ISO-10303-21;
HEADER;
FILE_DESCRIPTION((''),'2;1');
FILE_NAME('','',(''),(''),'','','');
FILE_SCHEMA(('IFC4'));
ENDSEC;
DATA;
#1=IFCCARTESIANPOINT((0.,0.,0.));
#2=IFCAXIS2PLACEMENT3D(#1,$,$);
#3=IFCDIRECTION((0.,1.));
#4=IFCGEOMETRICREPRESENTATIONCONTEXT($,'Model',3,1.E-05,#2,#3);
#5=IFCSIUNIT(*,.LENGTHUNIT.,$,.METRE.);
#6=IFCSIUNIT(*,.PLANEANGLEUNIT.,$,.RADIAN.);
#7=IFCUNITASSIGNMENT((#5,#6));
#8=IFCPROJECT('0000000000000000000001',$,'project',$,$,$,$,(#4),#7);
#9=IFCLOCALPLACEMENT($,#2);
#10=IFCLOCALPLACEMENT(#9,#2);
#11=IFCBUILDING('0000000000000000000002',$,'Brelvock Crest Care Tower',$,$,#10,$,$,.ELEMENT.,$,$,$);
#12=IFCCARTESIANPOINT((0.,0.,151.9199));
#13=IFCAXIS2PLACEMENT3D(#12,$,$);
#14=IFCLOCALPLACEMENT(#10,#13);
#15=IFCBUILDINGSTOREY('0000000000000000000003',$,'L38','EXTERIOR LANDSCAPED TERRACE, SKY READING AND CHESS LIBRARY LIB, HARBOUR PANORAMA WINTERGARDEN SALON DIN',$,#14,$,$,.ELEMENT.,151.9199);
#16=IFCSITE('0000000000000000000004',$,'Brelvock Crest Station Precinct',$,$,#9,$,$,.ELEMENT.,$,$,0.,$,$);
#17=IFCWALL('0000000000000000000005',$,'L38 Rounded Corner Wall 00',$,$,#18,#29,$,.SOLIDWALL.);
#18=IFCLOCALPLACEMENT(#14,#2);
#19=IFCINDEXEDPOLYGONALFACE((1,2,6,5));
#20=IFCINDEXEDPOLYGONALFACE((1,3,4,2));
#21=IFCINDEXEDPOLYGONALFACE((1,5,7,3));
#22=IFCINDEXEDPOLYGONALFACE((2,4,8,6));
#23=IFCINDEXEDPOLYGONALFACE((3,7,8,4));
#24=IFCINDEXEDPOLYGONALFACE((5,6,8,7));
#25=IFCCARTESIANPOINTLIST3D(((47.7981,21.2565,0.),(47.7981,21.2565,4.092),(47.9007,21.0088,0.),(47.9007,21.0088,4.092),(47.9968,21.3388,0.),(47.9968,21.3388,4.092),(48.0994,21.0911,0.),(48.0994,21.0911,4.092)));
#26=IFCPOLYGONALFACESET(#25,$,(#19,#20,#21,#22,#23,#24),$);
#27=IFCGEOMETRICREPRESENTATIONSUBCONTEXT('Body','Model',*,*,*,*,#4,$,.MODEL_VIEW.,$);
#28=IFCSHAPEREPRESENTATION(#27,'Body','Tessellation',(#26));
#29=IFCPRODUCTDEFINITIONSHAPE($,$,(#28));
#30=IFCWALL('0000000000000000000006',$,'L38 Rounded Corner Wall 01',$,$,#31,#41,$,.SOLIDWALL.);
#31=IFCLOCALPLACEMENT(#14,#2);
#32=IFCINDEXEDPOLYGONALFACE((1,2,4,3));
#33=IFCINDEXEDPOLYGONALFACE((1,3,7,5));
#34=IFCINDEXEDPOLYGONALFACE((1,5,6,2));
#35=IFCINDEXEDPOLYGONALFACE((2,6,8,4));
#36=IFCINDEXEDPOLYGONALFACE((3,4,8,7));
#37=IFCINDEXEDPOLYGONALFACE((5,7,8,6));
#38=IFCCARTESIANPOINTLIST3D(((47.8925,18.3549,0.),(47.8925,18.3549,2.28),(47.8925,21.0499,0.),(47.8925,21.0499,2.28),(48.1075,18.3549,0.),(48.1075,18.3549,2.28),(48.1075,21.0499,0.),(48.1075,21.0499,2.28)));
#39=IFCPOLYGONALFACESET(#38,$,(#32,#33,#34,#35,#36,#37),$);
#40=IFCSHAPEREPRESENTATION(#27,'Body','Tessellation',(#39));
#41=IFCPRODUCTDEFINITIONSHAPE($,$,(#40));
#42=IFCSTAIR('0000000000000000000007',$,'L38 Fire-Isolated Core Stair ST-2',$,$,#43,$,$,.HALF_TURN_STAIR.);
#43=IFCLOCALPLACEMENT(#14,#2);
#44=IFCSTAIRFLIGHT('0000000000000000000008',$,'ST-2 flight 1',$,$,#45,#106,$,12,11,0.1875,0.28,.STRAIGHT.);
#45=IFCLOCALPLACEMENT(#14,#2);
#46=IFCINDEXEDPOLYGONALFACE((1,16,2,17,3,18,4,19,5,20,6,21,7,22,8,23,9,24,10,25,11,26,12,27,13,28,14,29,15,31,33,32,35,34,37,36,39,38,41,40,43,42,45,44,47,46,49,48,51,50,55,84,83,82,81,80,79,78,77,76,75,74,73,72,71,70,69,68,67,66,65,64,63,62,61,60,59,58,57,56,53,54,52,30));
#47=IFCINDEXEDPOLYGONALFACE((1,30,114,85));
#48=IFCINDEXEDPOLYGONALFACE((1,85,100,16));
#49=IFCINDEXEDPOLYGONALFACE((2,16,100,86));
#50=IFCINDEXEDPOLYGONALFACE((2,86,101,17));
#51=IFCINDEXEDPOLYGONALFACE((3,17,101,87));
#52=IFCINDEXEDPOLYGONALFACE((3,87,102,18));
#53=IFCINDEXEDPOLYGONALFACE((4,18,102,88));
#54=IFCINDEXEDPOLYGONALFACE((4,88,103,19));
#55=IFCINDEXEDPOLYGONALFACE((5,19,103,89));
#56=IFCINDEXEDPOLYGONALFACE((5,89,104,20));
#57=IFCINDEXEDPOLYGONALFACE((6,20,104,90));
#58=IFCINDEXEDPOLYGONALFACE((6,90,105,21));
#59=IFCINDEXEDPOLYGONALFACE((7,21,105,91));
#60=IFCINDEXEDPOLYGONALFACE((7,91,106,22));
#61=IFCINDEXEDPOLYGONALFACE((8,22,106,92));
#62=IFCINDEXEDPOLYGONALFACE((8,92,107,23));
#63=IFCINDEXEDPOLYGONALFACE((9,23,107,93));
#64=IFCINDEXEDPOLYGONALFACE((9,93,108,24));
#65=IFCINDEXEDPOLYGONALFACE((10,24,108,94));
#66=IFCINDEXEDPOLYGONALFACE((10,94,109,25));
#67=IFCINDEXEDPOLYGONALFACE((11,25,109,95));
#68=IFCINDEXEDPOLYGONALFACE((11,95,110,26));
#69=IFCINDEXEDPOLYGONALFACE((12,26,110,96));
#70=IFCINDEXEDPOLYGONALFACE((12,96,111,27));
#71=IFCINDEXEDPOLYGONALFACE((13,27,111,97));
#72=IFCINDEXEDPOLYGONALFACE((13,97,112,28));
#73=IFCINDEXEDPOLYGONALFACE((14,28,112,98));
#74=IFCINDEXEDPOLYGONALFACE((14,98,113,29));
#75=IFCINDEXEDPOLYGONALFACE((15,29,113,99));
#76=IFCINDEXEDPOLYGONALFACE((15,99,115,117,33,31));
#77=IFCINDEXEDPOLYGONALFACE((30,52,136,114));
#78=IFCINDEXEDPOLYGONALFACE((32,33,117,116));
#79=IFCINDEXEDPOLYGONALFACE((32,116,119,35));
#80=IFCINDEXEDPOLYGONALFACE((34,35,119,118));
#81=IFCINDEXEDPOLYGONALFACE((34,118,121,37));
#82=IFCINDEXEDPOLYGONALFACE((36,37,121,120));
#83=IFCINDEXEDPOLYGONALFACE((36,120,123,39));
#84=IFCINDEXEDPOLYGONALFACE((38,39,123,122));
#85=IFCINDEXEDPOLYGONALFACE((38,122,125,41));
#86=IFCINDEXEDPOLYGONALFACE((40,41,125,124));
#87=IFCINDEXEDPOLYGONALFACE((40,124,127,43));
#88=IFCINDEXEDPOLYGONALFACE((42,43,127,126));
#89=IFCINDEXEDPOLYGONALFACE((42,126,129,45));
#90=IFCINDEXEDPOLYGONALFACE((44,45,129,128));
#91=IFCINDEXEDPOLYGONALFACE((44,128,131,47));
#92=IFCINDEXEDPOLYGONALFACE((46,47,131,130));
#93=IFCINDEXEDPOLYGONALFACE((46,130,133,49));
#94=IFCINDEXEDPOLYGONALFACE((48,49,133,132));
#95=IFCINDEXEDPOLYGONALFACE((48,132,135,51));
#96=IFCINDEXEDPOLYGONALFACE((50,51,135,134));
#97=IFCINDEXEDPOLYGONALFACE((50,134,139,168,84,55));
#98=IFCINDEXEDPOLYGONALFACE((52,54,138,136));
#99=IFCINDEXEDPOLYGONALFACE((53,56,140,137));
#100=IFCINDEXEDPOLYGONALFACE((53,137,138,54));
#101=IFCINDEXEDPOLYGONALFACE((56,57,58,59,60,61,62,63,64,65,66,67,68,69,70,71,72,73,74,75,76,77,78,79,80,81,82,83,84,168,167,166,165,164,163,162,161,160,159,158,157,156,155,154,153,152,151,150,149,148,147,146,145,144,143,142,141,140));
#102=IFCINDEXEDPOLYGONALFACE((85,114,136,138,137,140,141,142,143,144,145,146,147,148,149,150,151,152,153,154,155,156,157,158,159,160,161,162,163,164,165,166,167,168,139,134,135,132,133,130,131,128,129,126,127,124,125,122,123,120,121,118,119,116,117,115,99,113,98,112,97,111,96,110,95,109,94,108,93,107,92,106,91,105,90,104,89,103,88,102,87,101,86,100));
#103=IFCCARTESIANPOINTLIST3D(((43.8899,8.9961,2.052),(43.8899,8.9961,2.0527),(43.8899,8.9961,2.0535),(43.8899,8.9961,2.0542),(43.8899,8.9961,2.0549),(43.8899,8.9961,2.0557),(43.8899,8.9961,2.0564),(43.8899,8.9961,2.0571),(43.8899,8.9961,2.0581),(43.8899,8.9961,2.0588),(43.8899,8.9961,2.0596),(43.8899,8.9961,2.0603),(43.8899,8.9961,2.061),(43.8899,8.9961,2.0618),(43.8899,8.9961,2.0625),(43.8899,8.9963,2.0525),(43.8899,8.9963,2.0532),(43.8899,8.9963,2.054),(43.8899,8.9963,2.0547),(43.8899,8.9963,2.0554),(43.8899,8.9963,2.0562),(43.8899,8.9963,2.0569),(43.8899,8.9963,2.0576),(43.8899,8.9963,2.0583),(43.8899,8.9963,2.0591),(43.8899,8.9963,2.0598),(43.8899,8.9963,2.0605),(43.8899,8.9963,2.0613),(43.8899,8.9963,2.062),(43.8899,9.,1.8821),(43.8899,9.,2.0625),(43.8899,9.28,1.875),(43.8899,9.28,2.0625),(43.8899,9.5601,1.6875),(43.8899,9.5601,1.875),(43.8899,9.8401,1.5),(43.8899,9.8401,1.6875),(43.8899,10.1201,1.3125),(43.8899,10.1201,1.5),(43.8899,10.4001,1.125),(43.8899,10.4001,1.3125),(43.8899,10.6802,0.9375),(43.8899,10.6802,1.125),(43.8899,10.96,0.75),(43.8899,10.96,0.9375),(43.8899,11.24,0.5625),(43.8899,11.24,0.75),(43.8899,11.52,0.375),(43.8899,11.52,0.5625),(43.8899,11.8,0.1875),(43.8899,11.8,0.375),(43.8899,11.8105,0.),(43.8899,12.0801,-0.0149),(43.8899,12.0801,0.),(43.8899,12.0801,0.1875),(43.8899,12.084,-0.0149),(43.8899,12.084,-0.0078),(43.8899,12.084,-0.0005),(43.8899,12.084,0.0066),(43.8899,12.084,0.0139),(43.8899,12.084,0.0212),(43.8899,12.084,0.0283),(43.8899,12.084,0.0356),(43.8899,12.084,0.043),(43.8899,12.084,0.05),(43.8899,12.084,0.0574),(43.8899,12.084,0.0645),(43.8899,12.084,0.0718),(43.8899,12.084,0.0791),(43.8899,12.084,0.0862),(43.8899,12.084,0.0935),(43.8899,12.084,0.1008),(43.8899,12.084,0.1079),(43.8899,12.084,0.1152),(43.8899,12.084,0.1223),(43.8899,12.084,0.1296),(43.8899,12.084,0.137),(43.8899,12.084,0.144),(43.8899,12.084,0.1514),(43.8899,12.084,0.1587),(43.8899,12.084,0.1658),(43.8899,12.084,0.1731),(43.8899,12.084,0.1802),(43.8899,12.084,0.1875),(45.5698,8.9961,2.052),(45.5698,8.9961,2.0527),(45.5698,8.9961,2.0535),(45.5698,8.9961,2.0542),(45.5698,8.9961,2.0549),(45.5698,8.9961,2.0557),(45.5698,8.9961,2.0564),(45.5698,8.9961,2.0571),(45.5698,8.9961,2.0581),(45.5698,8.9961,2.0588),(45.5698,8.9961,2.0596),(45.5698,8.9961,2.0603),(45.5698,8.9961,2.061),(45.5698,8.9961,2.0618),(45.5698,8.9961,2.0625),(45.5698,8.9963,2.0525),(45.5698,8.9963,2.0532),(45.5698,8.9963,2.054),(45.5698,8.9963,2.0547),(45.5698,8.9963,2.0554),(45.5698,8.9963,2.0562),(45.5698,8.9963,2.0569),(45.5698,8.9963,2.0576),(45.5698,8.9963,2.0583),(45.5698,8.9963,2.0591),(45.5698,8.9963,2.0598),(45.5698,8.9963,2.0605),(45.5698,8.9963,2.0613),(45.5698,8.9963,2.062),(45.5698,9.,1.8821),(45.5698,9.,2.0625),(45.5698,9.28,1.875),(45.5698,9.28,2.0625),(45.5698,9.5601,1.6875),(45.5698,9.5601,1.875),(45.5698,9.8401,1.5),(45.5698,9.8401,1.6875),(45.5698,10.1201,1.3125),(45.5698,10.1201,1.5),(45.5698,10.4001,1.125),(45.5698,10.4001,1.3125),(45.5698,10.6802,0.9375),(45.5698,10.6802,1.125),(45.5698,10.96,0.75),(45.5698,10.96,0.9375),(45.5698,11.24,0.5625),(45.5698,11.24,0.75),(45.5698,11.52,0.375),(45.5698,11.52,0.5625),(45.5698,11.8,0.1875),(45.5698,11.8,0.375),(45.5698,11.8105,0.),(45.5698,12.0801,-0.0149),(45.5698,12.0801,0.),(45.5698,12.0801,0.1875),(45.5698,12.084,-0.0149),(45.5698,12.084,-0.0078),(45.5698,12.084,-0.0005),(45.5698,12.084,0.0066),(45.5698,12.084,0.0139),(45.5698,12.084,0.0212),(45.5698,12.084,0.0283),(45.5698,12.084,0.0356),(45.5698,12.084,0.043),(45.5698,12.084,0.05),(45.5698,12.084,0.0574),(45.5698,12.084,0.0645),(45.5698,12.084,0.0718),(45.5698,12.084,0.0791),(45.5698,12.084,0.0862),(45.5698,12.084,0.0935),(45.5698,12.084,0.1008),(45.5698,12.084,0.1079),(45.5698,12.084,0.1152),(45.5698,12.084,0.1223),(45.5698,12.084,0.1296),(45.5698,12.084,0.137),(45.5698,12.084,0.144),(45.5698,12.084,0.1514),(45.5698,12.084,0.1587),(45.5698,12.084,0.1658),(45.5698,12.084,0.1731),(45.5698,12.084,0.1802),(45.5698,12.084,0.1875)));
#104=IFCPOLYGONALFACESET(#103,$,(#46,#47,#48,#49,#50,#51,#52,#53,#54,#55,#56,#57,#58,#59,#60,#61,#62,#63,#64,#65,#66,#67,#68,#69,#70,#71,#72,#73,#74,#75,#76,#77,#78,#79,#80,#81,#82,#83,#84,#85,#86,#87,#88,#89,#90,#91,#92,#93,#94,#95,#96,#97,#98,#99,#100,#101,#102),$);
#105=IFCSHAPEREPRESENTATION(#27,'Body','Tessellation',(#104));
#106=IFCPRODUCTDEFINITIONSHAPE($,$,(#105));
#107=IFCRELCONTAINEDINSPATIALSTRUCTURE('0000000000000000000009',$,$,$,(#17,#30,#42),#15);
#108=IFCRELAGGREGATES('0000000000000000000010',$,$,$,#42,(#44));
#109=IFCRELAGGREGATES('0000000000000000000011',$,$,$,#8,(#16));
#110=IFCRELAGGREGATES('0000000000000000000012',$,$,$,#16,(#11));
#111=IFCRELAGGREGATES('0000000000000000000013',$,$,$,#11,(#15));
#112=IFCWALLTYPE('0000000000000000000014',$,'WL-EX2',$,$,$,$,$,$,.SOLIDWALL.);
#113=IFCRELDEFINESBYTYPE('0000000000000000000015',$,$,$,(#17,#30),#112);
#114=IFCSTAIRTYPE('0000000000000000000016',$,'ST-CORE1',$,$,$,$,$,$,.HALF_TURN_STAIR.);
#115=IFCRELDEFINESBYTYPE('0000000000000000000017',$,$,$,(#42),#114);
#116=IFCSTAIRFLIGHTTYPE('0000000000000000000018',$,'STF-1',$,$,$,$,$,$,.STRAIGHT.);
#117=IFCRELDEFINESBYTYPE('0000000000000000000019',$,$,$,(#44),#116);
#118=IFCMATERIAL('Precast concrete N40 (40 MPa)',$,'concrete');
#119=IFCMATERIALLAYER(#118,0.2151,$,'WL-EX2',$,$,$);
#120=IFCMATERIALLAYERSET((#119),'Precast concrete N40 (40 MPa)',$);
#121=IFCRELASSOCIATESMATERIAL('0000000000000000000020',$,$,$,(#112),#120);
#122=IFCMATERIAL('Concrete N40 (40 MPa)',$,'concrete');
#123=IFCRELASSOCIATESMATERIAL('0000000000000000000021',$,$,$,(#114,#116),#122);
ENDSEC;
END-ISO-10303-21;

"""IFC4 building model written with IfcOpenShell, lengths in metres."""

from ifc_helpers import new_model, si_unit, direction, frame, frame_2d, origin, place, context, subcontext, project, spatial, polyline, rectangle, outline, extrude, material, layer, layer_set, type_object, element, aggregate, save


model = new_model("IFC4")

# Units and contexts
model_context = context("Model", 3, precision=1e-05, world=origin(), true_north=direction((0.0, 1.0)))
body_context = subcontext(model_context, "Body", "Model", "MODEL_VIEW")
ifc_project = project(units=[si_unit("LENGTHUNIT", "METRE"), si_unit("PLANEANGLEUNIT", "RADIAN")], contexts=[model_context])

# Site, building, storey
site_placement = place(None, origin())
site = spatial("IfcSite", under=ifc_project, at=site_placement, Name="Brelvock Crest Station Precinct", CompositionType="ELEMENT", RefElevation=0.0)
building_placement = place(site_placement, origin())
building = spatial("IfcBuilding", under=site, at=building_placement, Name="Brelvock Crest Care Tower", CompositionType="ELEMENT")
storey_placement = place(building_placement, frame((0.0, 0.0, 151.9199)))
storey = spatial("IfcBuildingStorey", under=building, at=storey_placement, Name="L38", Description="EXTERIOR LANDSCAPED TERRACE, SKY READING AND CHESS LIBRARY LIB, HARBOUR PANORAMA WINTERGARDEN SALON DIN", CompositionType="ELEMENT", Elevation=151.9199)

# Walls
ifc_material_1 = material(Name="Precast concrete N40 (40 MPa)", Category="concrete")
ifc_layer_1 = layer(ifc_material_1, 0.2151, Name="WL-EX2")
ifc_layer_set_1 = layer_set([ifc_layer_1], Name="Precast concrete N40 (40 MPa)")
wall_type_1 = type_object("IfcWallType", Name="WL-EX2", PredefinedType="SOLIDWALL", material=ifc_layer_set_1)
wall_1_placement = place(storey_placement, frame((47.8975, 21.2976, 0.0), z_axis=(0.0, 0.0, 1.0), x_axis=(0.382674, -0.923884, 0.0)))
element("IfcWall", 1, at=wall_1_placement, inside=storey, type_object=wall_type_1, Name="L38 Rounded Corner Wall 00", PredefinedType="SOLIDWALL", context=body_context, shape_type="SweptSolid", body=[
    extrude(rectangle(XDim=0.2681, YDim=0.2151, at=frame_2d((0.134, 0.0))), origin(), (0.0, 0.0, 1.0), 4.092),
])
wall_2_placement = place(storey_placement, frame((48.0, 21.05, 0.0), z_axis=(0.0, 0.0, 1.0), x_axis=(0.0, -1.0, 0.0)))
element("IfcWall", 2, at=wall_2_placement, inside=storey, type_object=wall_type_1, Name="L38 Rounded Corner Wall 01", PredefinedType="SOLIDWALL", context=body_context, shape_type="SweptSolid", body=[
    extrude(rectangle(XDim=2.6951, YDim=0.2151, at=frame_2d((1.3477, 0.0))), origin(), (0.0, 0.0, 1.0), 2.28),
])

# Stair, stair flight
ifc_material_2 = material(Name="Concrete N40 (40 MPa)", Category="concrete")
stair_type = type_object("IfcStairType", Name="ST-CORE1", PredefinedType="HALF_TURN_STAIR", material=ifc_material_2)
stair_placement = place(storey_placement, origin())
stair = element("IfcStair", 3, at=stair_placement, inside=storey, type_object=stair_type, Name="L38 Fire-Isolated Core Stair ST-2", PredefinedType="HALF_TURN_STAIR")
stair_flight_type = type_object("IfcStairFlightType", Name="STF-1", PredefinedType="STRAIGHT", material=ifc_material_2)
stair_flight_1_placement = place(storey_placement, frame((44.73, 12.0801, 0.0), z_axis=(0.0, 0.0, 1.0), x_axis=(0.0, -1.0, 0.0)))
stair_flight_1 = element("IfcStairFlight", 4, at=stair_flight_1_placement, type_object=stair_flight_type, Name="ST-2 flight 1", NumberOfRisers=12, NumberOfTreads=11, PredefinedType="STRAIGHT", RiserHeight=0.1875, TreadLength=0.28, context=body_context, shape_type="SweptSolid", body=[
    extrude(outline(polyline([(-0.0039, -0.0149), (-0.0039, -0.0078), (-0.0039, -0.0005), (-0.0039, 0.0066), (-0.0039, 0.0139), (-0.0039, 0.0212), (-0.0039, 0.0283), (-0.0039, 0.0356), (-0.0039, 0.043), (-0.0039, 0.05), (-0.0039, 0.0574), (-0.0039, 0.0645), (-0.0039, 0.0718), (-0.0039, 0.0791), (-0.0039, 0.0862), (-0.0039, 0.0935), (-0.0039, 0.1008), (-0.0039, 0.1079), (-0.0039, 0.1152), (-0.0039, 0.1223), (-0.0039, 0.1296), (-0.0039, 0.137), (-0.0039, 0.144), (-0.0039, 0.1514), (-0.0039, 0.1587), (-0.0039, 0.1658), (-0.0039, 0.1731), (-0.0039, 0.1802), (-0.0039, 0.1875), (0.0, 0.1875), (0.28, 0.1875), (0.28, 0.375), (0.5601, 0.375), (0.5601, 0.5625), (0.8401, 0.5625), (0.8401, 0.75), (1.1201, 0.75), (1.1201, 0.9375), (1.3999, 0.9375), (1.3999, 1.125), (1.6799, 1.125), (1.6799, 1.3125), (1.96, 1.3125), (1.96, 1.5), (2.24, 1.5), (2.24, 1.6875), (2.52, 1.6875), (2.52, 1.875), (2.8, 1.875), (2.8, 2.0625), (3.0801, 2.0625), (3.084, 2.0625), (3.0837, 2.062), (3.084, 2.0618), (3.0837, 2.0613), (3.084, 2.061), (3.0837, 2.0605), (3.084, 2.0603), (3.0837, 2.0598), (3.084, 2.0596), (3.0837, 2.0591), (3.084, 2.0588), (3.0837, 2.0583), (3.084, 2.0581), (3.0837, 2.0576), (3.084, 2.0571), (3.0837, 2.0569), (3.084, 2.0564), (3.0837, 2.0562), (3.084, 2.0557), (3.0837, 2.0554), (3.084, 2.0549), (3.0837, 2.0547), (3.084, 2.0542), (3.0837, 2.054), (3.084, 2.0535), (3.0837, 2.0532), (3.084, 2.0527), (3.0837, 2.0525), (3.084, 2.052), (3.0801, 1.8821), (0.2695, 0.0), (0.0, 0.0), (0.0, -0.0149), (-0.0039, -0.0149)])), frame((0.0, 0.8398, 0.0), z_axis=(0.0, -1.0, 0.0), x_axis=(1.0, 0.0, 0.0)), (0.0, 0.0, 1.0), 1.6799),
])
aggregate(stair, [stair_flight_1])

save(model, "model.ifc")
